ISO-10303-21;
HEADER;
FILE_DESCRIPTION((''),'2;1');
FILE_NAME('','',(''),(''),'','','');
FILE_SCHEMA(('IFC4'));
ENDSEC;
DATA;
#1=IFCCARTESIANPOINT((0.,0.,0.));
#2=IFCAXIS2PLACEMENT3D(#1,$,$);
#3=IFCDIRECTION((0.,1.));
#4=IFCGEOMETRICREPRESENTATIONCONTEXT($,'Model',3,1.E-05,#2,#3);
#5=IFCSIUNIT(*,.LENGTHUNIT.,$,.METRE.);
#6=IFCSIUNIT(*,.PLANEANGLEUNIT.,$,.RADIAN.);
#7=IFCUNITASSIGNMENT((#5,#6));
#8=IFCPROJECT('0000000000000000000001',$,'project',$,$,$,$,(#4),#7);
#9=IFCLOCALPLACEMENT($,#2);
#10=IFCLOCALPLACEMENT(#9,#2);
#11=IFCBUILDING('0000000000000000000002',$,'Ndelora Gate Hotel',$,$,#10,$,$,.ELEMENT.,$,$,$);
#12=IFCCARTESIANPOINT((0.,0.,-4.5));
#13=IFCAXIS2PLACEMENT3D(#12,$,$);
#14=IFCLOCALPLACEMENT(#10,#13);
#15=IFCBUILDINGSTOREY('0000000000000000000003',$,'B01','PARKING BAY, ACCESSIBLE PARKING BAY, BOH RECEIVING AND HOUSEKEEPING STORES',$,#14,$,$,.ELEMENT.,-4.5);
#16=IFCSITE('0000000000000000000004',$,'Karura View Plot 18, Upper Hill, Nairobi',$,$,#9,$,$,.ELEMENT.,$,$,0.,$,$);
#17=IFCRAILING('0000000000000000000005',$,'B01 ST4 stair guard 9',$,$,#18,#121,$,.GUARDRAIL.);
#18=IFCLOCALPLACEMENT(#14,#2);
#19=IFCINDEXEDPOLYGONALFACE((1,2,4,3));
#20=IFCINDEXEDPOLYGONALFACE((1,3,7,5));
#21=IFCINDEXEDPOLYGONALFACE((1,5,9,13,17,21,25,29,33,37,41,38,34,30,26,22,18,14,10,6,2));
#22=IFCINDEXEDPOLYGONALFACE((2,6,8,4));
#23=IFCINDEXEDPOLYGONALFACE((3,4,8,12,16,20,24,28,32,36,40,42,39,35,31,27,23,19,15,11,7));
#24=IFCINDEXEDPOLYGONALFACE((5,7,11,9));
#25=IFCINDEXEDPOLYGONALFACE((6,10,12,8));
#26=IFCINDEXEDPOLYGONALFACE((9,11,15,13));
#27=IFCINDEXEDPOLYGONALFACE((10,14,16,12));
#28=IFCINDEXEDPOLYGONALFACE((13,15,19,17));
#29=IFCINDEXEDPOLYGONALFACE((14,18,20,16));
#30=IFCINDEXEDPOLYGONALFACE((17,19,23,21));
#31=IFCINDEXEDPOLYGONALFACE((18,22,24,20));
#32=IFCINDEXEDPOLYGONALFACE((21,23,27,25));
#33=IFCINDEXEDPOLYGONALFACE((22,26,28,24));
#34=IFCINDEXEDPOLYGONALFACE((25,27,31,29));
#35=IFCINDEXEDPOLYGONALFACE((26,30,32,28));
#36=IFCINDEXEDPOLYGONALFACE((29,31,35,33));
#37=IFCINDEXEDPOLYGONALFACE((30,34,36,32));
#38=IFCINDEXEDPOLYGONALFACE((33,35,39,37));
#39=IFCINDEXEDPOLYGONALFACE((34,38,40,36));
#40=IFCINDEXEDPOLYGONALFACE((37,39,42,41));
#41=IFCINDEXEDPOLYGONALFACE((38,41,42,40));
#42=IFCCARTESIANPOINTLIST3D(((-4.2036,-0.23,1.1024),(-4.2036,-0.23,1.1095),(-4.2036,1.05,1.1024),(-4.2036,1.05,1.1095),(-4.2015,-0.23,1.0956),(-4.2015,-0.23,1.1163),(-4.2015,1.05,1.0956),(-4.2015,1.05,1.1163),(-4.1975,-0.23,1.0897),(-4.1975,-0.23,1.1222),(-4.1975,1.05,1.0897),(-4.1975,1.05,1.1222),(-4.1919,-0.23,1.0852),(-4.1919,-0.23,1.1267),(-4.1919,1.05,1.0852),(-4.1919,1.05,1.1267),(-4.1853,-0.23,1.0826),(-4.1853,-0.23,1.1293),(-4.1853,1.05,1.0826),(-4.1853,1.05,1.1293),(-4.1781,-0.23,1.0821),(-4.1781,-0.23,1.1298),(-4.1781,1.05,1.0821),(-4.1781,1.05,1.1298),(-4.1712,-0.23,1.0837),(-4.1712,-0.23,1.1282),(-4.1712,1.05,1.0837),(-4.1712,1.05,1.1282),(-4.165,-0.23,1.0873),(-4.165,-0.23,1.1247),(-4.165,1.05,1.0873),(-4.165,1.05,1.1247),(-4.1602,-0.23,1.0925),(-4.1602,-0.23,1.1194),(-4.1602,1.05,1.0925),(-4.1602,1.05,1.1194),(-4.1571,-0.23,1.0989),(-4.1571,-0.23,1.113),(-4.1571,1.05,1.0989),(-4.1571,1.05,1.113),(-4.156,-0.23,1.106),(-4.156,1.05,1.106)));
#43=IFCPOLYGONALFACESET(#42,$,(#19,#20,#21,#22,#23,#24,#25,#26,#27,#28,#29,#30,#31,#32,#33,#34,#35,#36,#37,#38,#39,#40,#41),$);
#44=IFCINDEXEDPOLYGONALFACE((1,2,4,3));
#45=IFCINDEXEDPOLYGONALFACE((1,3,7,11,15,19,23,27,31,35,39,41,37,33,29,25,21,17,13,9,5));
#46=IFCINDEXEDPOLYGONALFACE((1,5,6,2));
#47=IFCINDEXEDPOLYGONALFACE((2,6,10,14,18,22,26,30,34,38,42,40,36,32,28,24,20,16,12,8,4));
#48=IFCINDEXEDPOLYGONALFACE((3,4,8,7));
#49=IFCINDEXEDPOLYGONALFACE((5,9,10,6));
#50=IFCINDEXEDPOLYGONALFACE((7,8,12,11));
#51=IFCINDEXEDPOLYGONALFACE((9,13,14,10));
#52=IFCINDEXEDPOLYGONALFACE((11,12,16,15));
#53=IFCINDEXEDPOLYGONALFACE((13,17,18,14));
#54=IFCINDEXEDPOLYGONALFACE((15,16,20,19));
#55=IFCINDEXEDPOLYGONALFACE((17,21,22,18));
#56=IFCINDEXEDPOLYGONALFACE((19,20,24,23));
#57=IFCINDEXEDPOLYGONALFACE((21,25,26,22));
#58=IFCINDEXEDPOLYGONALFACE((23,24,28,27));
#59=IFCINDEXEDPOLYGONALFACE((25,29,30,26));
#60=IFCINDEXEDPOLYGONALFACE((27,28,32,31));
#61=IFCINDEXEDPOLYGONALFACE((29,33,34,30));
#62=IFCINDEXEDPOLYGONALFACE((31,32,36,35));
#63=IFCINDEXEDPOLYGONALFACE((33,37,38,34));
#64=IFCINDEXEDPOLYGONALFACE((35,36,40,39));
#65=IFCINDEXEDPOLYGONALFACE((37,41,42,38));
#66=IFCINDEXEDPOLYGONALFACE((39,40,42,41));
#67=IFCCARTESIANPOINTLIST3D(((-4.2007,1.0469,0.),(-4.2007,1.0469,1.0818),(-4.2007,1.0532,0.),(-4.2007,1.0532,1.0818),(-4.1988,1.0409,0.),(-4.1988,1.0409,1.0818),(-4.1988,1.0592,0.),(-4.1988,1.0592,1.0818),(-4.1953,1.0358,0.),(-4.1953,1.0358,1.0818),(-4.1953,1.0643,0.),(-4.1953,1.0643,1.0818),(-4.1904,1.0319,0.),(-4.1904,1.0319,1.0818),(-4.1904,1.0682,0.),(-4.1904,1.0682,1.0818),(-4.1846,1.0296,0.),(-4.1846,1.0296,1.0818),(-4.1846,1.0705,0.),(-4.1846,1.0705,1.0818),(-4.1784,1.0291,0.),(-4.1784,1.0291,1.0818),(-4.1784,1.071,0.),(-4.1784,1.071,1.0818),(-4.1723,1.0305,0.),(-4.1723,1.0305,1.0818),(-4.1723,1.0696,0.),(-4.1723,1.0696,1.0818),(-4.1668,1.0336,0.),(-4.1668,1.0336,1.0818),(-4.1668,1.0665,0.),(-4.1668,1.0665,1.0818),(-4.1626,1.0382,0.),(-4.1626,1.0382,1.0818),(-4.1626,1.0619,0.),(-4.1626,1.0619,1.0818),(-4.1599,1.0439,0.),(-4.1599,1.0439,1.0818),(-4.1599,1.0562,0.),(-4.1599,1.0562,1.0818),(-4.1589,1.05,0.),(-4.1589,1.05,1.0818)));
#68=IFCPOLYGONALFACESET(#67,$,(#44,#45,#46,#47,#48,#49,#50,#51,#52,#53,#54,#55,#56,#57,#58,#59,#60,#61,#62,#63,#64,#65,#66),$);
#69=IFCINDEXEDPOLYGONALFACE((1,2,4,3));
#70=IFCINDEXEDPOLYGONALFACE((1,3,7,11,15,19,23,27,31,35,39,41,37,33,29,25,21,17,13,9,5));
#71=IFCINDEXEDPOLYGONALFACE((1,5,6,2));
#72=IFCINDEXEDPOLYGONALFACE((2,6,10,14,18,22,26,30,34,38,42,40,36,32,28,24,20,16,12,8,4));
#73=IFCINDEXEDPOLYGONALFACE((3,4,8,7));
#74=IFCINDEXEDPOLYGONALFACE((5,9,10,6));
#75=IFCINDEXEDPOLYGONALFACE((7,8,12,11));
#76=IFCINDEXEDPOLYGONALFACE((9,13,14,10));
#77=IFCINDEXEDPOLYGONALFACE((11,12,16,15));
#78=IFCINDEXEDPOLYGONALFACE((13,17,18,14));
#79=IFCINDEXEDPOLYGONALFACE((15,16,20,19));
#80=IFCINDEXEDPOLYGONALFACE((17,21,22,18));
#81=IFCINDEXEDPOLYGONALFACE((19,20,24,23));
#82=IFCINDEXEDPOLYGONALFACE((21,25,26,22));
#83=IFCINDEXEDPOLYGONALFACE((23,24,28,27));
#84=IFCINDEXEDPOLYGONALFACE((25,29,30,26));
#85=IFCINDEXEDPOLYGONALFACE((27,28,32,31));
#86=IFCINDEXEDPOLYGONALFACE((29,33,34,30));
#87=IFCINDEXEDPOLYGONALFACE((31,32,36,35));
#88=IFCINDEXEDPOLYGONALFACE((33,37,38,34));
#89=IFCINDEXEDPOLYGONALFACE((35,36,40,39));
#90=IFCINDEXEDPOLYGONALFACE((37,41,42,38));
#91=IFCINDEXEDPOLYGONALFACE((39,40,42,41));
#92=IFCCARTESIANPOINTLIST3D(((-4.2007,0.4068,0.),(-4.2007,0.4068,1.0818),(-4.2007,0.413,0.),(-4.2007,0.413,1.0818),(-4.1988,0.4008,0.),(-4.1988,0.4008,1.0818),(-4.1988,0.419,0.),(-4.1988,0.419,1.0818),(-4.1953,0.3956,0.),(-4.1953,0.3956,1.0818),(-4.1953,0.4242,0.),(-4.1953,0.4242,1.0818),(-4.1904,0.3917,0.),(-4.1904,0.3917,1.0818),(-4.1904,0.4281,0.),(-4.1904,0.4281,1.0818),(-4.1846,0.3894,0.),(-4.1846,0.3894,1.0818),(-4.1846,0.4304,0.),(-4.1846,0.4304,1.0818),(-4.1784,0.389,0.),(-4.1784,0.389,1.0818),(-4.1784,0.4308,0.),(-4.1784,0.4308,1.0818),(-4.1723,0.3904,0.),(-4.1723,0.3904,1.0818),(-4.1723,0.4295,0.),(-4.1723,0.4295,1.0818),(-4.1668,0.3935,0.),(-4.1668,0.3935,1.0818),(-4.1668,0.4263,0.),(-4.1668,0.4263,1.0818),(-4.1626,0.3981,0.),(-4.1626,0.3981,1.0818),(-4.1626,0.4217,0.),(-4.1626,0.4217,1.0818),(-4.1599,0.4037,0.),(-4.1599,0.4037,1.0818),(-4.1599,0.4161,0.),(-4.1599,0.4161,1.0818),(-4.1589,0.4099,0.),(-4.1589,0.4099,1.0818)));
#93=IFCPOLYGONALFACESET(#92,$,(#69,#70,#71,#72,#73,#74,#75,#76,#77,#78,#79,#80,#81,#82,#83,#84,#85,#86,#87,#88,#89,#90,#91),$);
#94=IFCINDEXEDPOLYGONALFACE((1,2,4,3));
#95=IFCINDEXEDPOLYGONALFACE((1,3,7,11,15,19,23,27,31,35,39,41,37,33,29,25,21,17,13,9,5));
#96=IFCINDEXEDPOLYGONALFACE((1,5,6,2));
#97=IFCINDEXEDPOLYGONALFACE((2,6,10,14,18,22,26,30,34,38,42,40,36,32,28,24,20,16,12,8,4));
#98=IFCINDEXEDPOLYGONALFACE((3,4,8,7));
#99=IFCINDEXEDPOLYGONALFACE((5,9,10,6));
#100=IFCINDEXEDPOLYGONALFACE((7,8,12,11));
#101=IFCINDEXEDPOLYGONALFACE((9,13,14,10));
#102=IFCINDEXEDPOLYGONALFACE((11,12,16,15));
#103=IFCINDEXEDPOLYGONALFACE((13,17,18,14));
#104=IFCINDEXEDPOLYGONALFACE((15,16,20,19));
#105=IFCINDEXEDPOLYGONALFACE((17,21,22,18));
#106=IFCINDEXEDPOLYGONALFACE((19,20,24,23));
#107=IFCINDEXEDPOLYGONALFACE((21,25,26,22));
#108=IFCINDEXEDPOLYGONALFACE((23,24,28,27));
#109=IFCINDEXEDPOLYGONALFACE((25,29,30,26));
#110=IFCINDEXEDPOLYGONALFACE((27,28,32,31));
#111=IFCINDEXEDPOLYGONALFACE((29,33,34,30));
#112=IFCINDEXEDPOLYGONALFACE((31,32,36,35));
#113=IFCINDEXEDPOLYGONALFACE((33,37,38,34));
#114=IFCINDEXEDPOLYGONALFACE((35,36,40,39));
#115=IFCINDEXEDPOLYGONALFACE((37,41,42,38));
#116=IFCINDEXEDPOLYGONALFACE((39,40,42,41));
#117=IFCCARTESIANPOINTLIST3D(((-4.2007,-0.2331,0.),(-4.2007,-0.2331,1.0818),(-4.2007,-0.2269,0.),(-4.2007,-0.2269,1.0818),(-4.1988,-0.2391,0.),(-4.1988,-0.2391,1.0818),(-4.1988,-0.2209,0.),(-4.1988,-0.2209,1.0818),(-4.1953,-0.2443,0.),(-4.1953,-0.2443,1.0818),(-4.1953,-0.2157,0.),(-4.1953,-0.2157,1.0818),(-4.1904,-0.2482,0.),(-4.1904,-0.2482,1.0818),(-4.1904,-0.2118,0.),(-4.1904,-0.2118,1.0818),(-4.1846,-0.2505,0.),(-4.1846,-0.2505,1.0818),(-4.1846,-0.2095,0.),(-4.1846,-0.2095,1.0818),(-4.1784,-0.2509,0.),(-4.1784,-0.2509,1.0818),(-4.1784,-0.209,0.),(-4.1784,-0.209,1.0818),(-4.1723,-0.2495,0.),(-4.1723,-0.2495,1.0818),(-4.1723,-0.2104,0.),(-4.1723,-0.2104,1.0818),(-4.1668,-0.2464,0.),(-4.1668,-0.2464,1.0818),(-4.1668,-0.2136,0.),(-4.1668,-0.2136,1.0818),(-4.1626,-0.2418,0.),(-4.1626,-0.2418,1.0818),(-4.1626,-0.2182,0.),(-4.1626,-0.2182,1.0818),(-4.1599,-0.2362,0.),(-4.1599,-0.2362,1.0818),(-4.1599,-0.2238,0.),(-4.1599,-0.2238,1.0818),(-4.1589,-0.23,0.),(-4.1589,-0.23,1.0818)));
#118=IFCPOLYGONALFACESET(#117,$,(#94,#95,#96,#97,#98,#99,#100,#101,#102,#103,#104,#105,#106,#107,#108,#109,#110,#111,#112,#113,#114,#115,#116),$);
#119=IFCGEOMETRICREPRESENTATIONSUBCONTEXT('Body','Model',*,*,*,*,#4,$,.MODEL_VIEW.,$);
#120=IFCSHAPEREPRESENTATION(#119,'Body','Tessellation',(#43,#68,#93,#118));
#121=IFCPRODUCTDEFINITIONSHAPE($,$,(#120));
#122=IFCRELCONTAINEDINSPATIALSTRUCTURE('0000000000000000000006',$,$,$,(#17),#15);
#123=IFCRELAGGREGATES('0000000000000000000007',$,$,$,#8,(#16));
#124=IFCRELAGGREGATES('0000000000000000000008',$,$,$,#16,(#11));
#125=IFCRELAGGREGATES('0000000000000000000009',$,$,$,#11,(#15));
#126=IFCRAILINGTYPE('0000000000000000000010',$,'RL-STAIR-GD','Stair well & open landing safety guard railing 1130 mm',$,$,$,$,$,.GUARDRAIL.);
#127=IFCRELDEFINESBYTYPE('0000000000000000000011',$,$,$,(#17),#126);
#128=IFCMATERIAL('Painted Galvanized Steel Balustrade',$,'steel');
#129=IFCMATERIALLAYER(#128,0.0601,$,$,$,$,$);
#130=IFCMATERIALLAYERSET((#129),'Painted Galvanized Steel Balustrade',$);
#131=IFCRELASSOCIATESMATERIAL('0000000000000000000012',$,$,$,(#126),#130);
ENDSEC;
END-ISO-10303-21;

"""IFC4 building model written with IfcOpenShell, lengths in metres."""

from ifc_helpers import new_model, si_unit, direction, frame, origin, origin_2d, place, context, subcontext, project, spatial, circle, extrude, material, layer, layer_set, type_object, element, save


model = new_model("IFC4")

# Units and contexts
model_context = context("Model", 3, precision=1e-05, world=origin(), true_north=direction((0.0, 1.0)))
body_context = subcontext(model_context, "Body", "Model", "MODEL_VIEW")
ifc_project = project(units=[si_unit("LENGTHUNIT", "METRE"), si_unit("PLANEANGLEUNIT", "RADIAN")], contexts=[model_context])

# Site, building, storey
site_placement = place(None, origin())
site = spatial("IfcSite", under=ifc_project, at=site_placement, Name="Karura View Plot 18, Upper Hill, Nairobi", CompositionType="ELEMENT", RefElevation=0.0)
building_placement = place(site_placement, origin())
building = spatial("IfcBuilding", under=site, at=building_placement, Name="Ndelora Gate Hotel", CompositionType="ELEMENT")
storey_placement = place(building_placement, frame((0.0, 0.0, -4.5)))
storey = spatial("IfcBuildingStorey", under=building, at=storey_placement, Name="B01", Description="PARKING BAY, ACCESSIBLE PARKING BAY, BOH RECEIVING AND HOUSEKEEPING STORES", CompositionType="ELEMENT", Elevation=-4.5)

# Railing
ifc_material_1 = material(Name="Painted Galvanized Steel Balustrade", Category="steel")
ifc_layer_1 = layer(ifc_material_1, 0.0601)
ifc_layer_set_1 = layer_set([ifc_layer_1], Name="Painted Galvanized Steel Balustrade")
railing_type = type_object("IfcRailingType", Name="RL-STAIR-GD", Description="Stair well & open landing safety guard railing 1130 mm", PredefinedType="GUARDRAIL", material=ifc_layer_set_1)
for number, where, name in (
    (1, (-4.1799, 1.05, 0.0), "B01 ST4 stair guard 9"),
):
    element("IfcRailing", number, at=place(storey_placement, frame(where)), inside=storey, type_object=railing_type, Name=name, PredefinedType="GUARDRAIL", context=body_context, shape_type="SweptSolid", body=[
        extrude(circle(Radius=0.0239, at=origin_2d()), frame((0.0, 0.0, 1.106), z_axis=(0.0, -1.0, 0.0), x_axis=(1.0, 0.0, 0.0)), (0.0, 0.0, 1.0), 1.28),
        extrude(circle(Radius=0.021, at=origin_2d()), origin(), (0.0, 0.0, 1.0), 1.0818),
        extrude(circle(Radius=0.021, at=origin_2d()), frame((0.0, -0.6401, 0.0)), (0.0, 0.0, 1.0), 1.0818),
        extrude(circle(Radius=0.021, at=origin_2d()), frame((0.0, -1.28, 0.0)), (0.0, 0.0, 1.0), 1.0818),
    ])

save(model, "model.ifc")
